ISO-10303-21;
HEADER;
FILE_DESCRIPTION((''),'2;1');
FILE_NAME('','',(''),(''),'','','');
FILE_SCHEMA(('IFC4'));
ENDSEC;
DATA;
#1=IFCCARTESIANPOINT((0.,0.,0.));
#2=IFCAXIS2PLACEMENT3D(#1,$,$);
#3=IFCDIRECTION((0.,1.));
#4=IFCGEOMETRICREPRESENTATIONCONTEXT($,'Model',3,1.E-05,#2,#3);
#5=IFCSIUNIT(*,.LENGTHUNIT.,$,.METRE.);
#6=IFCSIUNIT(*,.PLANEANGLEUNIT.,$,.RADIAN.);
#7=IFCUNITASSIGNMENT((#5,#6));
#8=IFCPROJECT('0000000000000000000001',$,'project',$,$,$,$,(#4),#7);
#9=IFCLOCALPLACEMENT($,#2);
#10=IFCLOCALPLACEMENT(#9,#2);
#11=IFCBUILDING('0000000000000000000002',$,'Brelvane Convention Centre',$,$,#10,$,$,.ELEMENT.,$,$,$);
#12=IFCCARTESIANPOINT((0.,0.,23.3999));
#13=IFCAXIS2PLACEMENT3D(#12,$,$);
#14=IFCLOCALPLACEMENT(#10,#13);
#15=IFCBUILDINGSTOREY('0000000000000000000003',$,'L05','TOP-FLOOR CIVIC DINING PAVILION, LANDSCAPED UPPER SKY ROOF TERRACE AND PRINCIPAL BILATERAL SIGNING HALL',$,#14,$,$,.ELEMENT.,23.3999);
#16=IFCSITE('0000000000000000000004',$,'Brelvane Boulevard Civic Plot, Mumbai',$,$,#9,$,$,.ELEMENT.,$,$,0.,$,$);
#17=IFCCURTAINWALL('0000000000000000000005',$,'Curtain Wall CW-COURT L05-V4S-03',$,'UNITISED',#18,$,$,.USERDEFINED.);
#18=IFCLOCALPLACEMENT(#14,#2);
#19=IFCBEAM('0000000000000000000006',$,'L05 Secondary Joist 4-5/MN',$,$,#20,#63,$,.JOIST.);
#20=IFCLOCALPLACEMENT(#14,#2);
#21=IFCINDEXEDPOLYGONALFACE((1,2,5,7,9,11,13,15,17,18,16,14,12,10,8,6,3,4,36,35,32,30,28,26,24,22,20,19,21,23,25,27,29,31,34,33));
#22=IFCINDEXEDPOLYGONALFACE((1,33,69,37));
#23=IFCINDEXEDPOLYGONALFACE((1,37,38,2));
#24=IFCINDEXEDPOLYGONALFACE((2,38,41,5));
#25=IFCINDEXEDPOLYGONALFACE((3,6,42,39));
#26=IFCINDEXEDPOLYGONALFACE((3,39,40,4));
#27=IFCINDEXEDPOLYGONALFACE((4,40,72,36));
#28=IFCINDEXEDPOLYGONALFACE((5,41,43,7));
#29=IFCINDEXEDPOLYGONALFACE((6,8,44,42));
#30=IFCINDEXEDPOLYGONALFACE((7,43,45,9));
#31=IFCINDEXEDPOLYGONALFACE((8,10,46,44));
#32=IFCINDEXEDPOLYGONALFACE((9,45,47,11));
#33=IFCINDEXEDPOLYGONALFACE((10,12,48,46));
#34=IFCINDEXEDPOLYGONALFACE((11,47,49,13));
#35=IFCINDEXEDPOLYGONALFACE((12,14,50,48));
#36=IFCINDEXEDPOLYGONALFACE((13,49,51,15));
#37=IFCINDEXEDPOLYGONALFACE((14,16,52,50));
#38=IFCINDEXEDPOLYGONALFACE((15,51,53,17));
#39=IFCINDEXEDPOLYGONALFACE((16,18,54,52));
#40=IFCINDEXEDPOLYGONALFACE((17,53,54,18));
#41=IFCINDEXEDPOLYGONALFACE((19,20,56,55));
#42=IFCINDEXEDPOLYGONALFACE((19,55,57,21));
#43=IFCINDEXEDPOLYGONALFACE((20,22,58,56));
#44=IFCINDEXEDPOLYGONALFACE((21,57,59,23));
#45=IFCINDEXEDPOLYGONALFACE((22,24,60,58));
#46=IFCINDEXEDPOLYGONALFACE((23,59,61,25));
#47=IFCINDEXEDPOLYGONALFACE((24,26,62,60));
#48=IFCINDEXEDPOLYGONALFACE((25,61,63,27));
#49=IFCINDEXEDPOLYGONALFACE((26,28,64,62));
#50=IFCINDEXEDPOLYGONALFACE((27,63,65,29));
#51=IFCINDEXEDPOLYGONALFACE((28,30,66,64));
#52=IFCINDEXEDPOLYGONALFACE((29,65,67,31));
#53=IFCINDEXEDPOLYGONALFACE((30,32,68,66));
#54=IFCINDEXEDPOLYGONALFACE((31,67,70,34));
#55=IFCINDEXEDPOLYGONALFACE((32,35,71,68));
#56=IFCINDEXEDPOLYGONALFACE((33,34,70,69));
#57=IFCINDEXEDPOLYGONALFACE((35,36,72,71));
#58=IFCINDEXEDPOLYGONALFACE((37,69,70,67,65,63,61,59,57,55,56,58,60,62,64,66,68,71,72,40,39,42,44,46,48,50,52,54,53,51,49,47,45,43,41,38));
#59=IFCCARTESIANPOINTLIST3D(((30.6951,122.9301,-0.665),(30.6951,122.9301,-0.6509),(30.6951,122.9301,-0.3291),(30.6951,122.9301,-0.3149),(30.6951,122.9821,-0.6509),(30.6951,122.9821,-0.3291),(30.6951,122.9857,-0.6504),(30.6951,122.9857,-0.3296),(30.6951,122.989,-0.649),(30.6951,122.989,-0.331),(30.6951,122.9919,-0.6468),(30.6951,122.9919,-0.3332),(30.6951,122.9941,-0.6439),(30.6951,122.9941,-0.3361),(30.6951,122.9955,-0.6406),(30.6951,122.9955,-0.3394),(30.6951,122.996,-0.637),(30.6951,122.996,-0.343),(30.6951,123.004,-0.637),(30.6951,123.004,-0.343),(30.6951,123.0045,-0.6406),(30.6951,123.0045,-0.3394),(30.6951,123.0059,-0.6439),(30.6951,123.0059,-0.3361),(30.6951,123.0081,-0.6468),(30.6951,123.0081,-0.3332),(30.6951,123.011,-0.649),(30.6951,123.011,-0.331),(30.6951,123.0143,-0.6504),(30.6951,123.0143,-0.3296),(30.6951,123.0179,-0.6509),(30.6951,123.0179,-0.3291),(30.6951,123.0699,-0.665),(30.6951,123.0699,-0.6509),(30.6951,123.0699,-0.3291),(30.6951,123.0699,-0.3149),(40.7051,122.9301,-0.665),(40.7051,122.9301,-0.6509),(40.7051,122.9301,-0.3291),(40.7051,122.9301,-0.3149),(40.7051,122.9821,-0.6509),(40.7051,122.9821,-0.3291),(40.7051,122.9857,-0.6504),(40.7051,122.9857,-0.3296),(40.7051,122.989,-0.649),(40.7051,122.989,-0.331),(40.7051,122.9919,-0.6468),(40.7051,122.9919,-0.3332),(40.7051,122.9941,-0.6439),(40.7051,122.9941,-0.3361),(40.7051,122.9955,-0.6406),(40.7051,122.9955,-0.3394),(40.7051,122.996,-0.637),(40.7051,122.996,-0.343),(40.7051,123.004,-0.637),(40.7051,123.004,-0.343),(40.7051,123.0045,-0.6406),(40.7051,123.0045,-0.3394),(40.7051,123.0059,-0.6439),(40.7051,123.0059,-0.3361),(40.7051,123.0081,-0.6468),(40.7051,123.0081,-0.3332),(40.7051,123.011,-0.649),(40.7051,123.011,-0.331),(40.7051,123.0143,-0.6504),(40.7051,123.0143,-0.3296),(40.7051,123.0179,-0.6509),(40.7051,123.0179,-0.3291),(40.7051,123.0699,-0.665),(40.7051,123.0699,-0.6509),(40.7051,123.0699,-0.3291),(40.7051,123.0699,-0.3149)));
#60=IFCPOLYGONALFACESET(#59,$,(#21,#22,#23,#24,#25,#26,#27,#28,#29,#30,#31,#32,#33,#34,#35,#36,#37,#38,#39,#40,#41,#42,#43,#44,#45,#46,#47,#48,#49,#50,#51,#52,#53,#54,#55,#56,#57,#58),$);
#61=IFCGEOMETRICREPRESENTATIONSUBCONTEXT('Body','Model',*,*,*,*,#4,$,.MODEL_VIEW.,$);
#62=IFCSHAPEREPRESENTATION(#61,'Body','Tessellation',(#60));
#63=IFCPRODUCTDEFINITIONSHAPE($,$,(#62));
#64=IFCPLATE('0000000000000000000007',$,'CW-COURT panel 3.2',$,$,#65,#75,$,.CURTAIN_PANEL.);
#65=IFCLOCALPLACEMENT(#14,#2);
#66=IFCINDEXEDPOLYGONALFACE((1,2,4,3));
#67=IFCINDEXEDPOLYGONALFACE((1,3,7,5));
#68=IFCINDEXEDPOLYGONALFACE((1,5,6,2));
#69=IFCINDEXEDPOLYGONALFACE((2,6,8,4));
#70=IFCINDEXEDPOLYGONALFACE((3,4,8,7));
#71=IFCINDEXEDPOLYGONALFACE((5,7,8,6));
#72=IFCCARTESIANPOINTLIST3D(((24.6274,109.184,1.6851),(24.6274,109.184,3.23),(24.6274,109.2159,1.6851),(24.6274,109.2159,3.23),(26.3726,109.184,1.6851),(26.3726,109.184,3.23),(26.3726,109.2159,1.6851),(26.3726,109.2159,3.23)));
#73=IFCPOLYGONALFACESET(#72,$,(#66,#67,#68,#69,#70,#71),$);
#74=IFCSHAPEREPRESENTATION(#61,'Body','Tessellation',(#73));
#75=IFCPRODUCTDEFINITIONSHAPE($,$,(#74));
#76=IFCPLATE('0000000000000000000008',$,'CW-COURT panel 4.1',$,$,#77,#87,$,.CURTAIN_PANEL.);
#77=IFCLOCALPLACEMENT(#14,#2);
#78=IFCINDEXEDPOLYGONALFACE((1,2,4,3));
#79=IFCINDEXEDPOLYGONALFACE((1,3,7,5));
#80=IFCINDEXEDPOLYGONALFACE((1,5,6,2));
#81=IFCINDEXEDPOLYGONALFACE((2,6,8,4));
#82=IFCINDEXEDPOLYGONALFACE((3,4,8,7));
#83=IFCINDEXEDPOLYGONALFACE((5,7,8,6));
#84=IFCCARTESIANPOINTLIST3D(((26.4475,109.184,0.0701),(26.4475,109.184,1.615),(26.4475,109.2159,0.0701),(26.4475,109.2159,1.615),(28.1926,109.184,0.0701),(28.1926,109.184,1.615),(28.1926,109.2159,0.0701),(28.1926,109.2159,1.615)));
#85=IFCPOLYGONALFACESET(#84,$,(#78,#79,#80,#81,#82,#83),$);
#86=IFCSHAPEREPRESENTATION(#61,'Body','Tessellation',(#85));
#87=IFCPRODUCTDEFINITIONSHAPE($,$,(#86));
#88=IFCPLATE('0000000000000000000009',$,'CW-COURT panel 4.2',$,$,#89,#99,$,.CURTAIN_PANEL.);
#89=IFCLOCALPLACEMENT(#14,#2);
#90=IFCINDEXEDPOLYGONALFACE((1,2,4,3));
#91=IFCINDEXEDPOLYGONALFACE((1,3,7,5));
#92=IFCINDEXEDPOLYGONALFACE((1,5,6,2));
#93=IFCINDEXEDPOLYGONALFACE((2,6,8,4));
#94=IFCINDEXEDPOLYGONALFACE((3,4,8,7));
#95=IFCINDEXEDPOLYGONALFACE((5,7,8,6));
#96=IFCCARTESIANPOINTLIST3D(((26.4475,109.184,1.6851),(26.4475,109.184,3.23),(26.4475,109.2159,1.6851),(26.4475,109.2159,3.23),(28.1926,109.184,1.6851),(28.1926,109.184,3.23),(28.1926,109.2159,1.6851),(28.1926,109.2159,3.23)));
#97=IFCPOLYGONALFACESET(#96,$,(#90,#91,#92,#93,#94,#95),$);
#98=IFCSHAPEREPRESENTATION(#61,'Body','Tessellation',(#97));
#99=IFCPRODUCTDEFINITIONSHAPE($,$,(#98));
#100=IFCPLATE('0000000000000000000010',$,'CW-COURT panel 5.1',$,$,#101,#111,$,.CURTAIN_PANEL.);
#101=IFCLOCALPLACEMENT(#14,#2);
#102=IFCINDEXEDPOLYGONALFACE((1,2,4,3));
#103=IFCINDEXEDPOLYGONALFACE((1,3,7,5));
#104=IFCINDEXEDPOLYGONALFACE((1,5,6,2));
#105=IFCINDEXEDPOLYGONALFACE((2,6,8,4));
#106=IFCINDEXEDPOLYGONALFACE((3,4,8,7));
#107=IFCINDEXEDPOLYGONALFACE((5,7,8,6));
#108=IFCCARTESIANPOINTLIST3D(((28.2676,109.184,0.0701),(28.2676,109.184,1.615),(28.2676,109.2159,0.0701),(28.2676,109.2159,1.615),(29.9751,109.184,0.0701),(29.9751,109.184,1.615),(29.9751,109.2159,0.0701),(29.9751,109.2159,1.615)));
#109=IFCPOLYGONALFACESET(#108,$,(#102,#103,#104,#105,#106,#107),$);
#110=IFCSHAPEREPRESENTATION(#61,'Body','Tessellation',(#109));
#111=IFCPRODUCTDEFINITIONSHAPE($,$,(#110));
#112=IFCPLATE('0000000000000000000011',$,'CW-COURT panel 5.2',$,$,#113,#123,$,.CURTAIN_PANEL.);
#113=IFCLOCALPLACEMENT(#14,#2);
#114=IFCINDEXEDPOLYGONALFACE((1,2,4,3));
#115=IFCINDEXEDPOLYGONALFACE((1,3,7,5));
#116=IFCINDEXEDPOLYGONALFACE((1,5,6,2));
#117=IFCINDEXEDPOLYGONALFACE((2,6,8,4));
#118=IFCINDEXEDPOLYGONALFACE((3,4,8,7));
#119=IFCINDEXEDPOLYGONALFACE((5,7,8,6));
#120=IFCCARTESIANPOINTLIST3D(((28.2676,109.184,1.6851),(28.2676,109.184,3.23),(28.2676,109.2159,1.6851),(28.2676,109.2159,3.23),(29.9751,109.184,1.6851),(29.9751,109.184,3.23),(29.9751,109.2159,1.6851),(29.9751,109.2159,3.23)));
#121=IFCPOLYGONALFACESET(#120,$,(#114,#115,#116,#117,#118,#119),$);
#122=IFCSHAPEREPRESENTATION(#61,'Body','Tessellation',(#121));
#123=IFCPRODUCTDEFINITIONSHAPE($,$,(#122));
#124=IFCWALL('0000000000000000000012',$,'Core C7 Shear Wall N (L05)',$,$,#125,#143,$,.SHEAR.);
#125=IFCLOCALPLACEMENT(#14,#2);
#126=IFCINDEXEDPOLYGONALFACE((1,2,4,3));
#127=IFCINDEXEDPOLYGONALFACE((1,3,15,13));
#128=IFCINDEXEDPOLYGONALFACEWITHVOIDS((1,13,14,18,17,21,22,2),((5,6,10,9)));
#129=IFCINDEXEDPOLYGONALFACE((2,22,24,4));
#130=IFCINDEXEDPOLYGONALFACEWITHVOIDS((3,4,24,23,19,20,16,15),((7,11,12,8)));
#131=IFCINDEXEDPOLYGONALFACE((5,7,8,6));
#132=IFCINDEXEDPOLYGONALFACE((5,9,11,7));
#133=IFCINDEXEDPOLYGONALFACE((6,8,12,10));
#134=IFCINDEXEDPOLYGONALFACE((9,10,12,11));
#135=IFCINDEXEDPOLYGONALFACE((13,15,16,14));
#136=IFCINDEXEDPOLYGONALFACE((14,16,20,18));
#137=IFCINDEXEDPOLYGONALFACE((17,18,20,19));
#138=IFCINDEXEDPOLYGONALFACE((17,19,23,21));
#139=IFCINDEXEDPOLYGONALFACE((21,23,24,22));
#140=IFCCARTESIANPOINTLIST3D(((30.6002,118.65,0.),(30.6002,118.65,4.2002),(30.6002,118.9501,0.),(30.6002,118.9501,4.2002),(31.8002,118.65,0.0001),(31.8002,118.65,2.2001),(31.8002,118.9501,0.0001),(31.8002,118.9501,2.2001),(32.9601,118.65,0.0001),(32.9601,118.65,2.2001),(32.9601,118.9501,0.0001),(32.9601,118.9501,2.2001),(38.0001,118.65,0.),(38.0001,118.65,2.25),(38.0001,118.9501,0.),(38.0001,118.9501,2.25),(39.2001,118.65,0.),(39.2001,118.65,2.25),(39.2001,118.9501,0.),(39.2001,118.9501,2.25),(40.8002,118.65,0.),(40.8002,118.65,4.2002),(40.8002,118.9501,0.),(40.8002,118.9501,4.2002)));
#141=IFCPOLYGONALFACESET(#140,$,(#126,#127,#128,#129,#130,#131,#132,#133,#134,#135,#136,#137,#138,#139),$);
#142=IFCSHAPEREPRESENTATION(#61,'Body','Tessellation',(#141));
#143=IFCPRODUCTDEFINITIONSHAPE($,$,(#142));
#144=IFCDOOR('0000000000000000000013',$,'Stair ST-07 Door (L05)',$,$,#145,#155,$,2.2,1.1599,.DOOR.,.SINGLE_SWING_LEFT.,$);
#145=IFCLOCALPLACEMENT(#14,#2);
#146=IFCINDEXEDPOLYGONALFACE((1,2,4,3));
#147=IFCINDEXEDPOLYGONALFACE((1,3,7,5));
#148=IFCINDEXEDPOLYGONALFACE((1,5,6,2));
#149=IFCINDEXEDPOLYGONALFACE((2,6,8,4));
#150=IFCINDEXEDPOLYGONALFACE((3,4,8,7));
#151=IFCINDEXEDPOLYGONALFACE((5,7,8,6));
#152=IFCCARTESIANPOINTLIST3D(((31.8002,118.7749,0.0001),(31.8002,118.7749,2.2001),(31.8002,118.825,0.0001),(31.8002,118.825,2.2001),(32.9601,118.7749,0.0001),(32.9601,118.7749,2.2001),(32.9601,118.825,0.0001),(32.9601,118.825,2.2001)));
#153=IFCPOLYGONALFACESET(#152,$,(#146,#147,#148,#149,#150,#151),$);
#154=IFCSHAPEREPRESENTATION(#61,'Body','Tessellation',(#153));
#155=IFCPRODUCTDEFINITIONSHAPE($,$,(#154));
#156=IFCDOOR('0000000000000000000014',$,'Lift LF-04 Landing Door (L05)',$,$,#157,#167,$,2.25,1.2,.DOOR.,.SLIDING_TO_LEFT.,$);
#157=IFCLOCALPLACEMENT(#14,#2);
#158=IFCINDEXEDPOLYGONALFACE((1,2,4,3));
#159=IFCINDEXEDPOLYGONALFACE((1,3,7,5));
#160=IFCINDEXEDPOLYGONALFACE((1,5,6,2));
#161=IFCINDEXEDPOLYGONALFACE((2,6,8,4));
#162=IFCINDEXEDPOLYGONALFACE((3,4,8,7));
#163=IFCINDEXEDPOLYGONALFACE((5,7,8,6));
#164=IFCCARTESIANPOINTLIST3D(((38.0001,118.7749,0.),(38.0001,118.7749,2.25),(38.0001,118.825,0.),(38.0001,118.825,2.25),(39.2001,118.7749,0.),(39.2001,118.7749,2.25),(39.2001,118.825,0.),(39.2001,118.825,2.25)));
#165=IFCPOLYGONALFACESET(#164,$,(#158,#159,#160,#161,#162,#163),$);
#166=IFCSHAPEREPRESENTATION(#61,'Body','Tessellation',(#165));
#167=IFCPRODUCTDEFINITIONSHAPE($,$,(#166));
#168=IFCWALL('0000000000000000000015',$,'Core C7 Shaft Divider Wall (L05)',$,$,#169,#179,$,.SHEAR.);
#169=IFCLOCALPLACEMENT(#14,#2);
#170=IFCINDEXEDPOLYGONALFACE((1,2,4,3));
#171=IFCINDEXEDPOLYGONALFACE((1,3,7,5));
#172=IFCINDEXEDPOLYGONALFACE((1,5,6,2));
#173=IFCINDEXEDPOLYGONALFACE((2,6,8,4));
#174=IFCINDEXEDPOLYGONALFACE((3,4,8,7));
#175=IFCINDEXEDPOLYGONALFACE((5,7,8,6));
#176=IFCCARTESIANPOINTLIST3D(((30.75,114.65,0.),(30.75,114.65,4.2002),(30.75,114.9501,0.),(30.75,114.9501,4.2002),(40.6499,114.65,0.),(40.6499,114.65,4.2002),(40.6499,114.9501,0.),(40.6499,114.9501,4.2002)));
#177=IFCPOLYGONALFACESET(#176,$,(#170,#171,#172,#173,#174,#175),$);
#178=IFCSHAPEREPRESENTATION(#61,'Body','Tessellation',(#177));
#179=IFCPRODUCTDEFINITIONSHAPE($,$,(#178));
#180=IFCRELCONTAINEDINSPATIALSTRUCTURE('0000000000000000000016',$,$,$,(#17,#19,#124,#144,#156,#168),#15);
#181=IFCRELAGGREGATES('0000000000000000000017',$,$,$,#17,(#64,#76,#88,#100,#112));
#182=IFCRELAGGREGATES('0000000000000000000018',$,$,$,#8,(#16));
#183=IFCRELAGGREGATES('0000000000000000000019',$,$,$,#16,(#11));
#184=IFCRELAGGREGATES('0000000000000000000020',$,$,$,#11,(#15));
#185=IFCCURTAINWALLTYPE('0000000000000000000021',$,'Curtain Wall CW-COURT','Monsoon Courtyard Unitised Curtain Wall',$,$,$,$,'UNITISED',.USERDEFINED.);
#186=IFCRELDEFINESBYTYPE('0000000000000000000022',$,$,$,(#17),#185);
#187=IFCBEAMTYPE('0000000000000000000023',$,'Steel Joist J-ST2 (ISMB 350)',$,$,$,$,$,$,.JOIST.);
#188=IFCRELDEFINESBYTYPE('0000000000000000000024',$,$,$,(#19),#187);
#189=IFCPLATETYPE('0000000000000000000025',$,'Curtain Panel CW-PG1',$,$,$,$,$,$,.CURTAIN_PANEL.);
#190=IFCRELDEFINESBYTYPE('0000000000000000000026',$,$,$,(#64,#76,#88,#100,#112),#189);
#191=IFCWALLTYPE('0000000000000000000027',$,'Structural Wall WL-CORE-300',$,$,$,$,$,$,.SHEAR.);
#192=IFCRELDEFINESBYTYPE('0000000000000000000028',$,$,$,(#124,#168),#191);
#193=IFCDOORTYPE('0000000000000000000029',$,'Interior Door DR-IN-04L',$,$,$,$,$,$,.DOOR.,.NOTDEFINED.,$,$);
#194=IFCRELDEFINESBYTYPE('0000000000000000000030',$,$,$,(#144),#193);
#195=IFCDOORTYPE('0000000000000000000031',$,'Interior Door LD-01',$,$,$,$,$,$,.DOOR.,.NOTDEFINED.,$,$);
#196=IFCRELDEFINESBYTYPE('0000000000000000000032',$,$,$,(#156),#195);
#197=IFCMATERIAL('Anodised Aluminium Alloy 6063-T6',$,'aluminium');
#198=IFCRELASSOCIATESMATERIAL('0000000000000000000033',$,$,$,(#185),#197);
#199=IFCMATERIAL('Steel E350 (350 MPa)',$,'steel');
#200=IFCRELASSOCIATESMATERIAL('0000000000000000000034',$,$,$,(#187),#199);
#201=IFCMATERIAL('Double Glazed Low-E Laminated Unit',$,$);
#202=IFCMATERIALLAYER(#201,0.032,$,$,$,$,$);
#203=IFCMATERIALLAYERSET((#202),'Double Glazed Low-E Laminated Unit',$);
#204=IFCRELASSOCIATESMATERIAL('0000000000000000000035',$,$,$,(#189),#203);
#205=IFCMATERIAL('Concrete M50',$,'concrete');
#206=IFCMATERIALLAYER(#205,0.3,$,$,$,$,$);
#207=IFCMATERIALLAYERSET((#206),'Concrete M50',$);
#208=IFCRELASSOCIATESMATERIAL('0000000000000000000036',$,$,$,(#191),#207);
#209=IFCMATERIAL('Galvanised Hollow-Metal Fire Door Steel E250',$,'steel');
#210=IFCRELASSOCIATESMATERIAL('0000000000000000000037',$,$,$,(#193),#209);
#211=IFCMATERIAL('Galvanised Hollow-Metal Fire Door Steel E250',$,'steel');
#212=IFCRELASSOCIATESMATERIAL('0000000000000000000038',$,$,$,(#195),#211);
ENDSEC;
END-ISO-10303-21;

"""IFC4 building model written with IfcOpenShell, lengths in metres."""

from ifc_helpers import new_model, si_unit, direction, frame, frame_2d, origin, origin_2d, place, context, subcontext, project, spatial, rectangle, i_section, extrude, material, layer, layer_set, material_profile, profile_set, type_object, element, fill, aggregate, save


model = new_model("IFC4")

# Units and contexts
model_context = context("Model", 3, precision=1e-05, world=origin(), true_north=direction((0.0, 1.0)))
body_context = subcontext(model_context, "Body", "Model", "MODEL_VIEW")
ifc_project = project(units=[si_unit("LENGTHUNIT", "METRE"), si_unit("PLANEANGLEUNIT", "RADIAN")], contexts=[model_context])

# Site, building, storey
site_placement = place(None, origin())
site = spatial("IfcSite", under=ifc_project, at=site_placement, Name="Brelvane Boulevard Civic Plot, Mumbai", CompositionType="ELEMENT", RefElevation=0.0)
building_placement = place(site_placement, origin())
building = spatial("IfcBuilding", under=site, at=building_placement, Name="Brelvane Convention Centre", CompositionType="ELEMENT")
storey_placement = place(building_placement, frame((0.0, 0.0, 23.3999)))
storey = spatial("IfcBuildingStorey", under=building, at=storey_placement, Name="L05", Description="TOP-FLOOR CIVIC DINING PAVILION, LANDSCAPED UPPER SKY ROOF TERRACE AND PRINCIPAL BILATERAL SIGNING HALL", CompositionType="ELEMENT", Elevation=23.3999)

# Curtain wall
ifc_material_1 = material(Name="Anodised Aluminium Alloy 6063-T6", Category="aluminium")
curtain_wall_type = type_object("IfcCurtainWallType", Name="Curtain Wall CW-COURT", Description="Monsoon Courtyard Unitised Curtain Wall", ElementType="UNITISED", PredefinedType="USERDEFINED", material=ifc_material_1)
curtain_wall_placement = place(storey_placement, origin())
curtain_wall = element("IfcCurtainWall", 1, at=curtain_wall_placement, inside=storey, type_object=curtain_wall_type, Name="Curtain Wall CW-COURT L05-V4S-03", ObjectType="UNITISED", PredefinedType="USERDEFINED")

# Beam
ifc_material_2 = material(Name="Steel E350 (350 MPa)", Category="steel")
ifc_material_profile_1 = material_profile(ifc_material_2, i_section(OverallWidth=0.1399, OverallDepth=0.3501, WebThickness=0.0081, FlangeThickness=0.0142, FilletRadius=0.0139, at=origin_2d()), Name="ISMB 350")
ifc_profile_set_1 = profile_set([ifc_material_profile_1], Name="Steel E350 (350 MPa)")
beam_type_1 = type_object("IfcBeamType", Name="Steel Joist J-ST2 (ISMB 350)", PredefinedType="JOIST", material=ifc_profile_set_1)
beam_1_placement = place(storey_placement, frame((30.6951, 123.0, -0.49), z_axis=(1.0, 0.0, 0.0), x_axis=(0.0, 1.0, 0.0)))
element("IfcBeam", 2, at=beam_1_placement, inside=storey, type_object=beam_type_1, Name="L05 Secondary Joist 4-5/MN", PredefinedType="JOIST", context=body_context, shape_type="SweptSolid", body=[
    extrude(i_section(OverallWidth=0.1399, OverallDepth=0.3501, WebThickness=0.0081, FlangeThickness=0.0142, FilletRadius=0.0139, at=origin_2d()), origin(), (0.0, 0.0, 1.0), 10.01),
])

# Plates
ifc_material_3 = material(Name="Double Glazed Low-E Laminated Unit")
ifc_layer_1 = layer(ifc_material_3, 0.032)
ifc_layer_set_1 = layer_set([ifc_layer_1], Name="Double Glazed Low-E Laminated Unit")
plate_type = type_object("IfcPlateType", Name="Curtain Panel CW-PG1", PredefinedType="CURTAIN_PANEL", material=ifc_layer_set_1)
plate_1_placement = place(storey_placement, frame((25.5, 109.2, 1.6851), z_axis=(0.0, 0.0, 1.0), x_axis=(1.0, 0.0, 0.0)))
plate_1 = element("IfcPlate", 3, at=plate_1_placement, type_object=plate_type, Name="CW-COURT panel 3.2", PredefinedType="CURTAIN_PANEL", context=body_context, shape_type="SweptSolid", body=[
    extrude(rectangle(XDim=1.7451, YDim=0.032, at=origin_2d()), origin(), (0.0, 0.0, 1.0), 1.5449),
])
plate_2_placement = place(storey_placement, frame((27.3201, 109.2, 0.0701), z_axis=(0.0, 0.0, 1.0), x_axis=(1.0, 0.0, 0.0)))
plate_2 = element("IfcPlate", 4, at=plate_2_placement, type_object=plate_type, Name="CW-COURT panel 4.1", PredefinedType="CURTAIN_PANEL", context=body_context, shape_type="SweptSolid", body=[
    extrude(rectangle(XDim=1.7451, YDim=0.032, at=origin_2d()), origin(), (0.0, 0.0, 1.0), 1.5449),
])
plate_3_placement = place(storey_placement, frame((27.3201, 109.2, 1.6851), z_axis=(0.0, 0.0, 1.0), x_axis=(1.0, 0.0, 0.0)))
plate_3 = element("IfcPlate", 5, at=plate_3_placement, type_object=plate_type, Name="CW-COURT panel 4.2", PredefinedType="CURTAIN_PANEL", context=body_context, shape_type="SweptSolid", body=[
    extrude(rectangle(XDim=1.7451, YDim=0.032, at=origin_2d()), origin(), (0.0, 0.0, 1.0), 1.5449),
])
plate_4_placement = place(storey_placement, frame((29.1213, 109.2, 0.0701), z_axis=(0.0, 0.0, 1.0), x_axis=(1.0, 0.0, 0.0)))
plate_4 = element("IfcPlate", 6, at=plate_4_placement, type_object=plate_type, Name="CW-COURT panel 5.1", PredefinedType="CURTAIN_PANEL", context=body_context, shape_type="SweptSolid", body=[
    extrude(rectangle(XDim=1.7075, YDim=0.032, at=origin_2d()), origin(), (0.0, 0.0, 1.0), 1.5449),
])
plate_5_placement = place(storey_placement, frame((29.1213, 109.2, 1.6851), z_axis=(0.0, 0.0, 1.0), x_axis=(1.0, 0.0, 0.0)))
plate_5 = element("IfcPlate", 7, at=plate_5_placement, type_object=plate_type, Name="CW-COURT panel 5.2", PredefinedType="CURTAIN_PANEL", context=body_context, shape_type="SweptSolid", body=[
    extrude(rectangle(XDim=1.7075, YDim=0.032, at=origin_2d()), origin(), (0.0, 0.0, 1.0), 1.5449),
])
aggregate(curtain_wall, [plate_1, plate_2, plate_3, plate_4, plate_5])

# Wall, openings, doors
ifc_material_4 = material(Name="Concrete M50", Category="concrete")
ifc_layer_2 = layer(ifc_material_4, 0.3)
ifc_layer_set_2 = layer_set([ifc_layer_2], Name="Concrete M50")
wall_type = type_object("IfcWallType", Name="Structural Wall WL-CORE-300", PredefinedType="SHEAR", material=ifc_layer_set_2)
wall_1_placement = place(storey_placement, frame((30.6001, 118.8, 0.0), z_axis=(0.0, 0.0, 1.0), x_axis=(1.0, 0.0, 0.0)))
wall_1 = element("IfcWall", 8, at=wall_1_placement, inside=storey, type_object=wall_type, Name="Core C7 Shear Wall N (L05)", PredefinedType="SHEAR", context=body_context, shape_type="SweptSolid", body=[
    extrude(rectangle(XDim=10.2, YDim=0.3, at=frame_2d((5.1001, 0.0))), origin(), (0.0, 0.0, 1.0), 4.2002),
])
opening_1_placement = place(wall_1_placement, frame((1.2, 0.0, 0.0)))
opening_1 = element("IfcOpeningElement", 9, at=opening_1_placement, cuts=wall_1, PredefinedType="OPENING", context=body_context, shape_type="SweptSolid", body=[
    extrude(rectangle(XDim=1.1599, YDim=2.2, at=frame_2d((0.5801, 1.1001))), frame((0.0, 0.1599, 0.0), z_axis=(0.0, -1.0, 0.0), x_axis=(1.0, 0.0, 0.0)), (0.0, 0.0, 1.0), 0.3201),
])
opening_2_placement = place(wall_1_placement, frame((7.3999, 0.0, 0.0)))
opening_2 = element("IfcOpeningElement", 10, at=opening_2_placement, cuts=wall_1, PredefinedType="OPENING", context=body_context, shape_type="SweptSolid", body=[
    extrude(rectangle(XDim=1.2, YDim=2.25, at=frame_2d((0.6001, 1.125))), frame((0.0, 0.1599, 0.0), z_axis=(0.0, -1.0, 0.0), x_axis=(1.0, 0.0, 0.0)), (0.0, 0.0, 1.0), 0.3201),
])
ifc_material_5 = material(Name="Galvanised Hollow-Metal Fire Door Steel E250", Category="steel")
door_type_1 = type_object("IfcDoorType", Name="Interior Door DR-IN-04L", OperationType="NOTDEFINED", PredefinedType="DOOR", material=ifc_material_5)
door_1_placement = place(opening_1_placement, origin())
door_1 = element("IfcDoor", 11, at=door_1_placement, inside=storey, type_object=door_type_1, Name="Stair ST-07 Door (L05)", OperationType="SINGLE_SWING_LEFT", OverallHeight=2.2, OverallWidth=1.1599, PredefinedType="DOOR", context=body_context, shape_type="SweptSolid", body=[
    extrude(rectangle(XDim=1.1599, YDim=2.2, at=frame_2d((0.5801, 1.1001))), frame((0.0, 0.0249, 0.0), z_axis=(0.0, -1.0, 0.0), x_axis=(1.0, 0.0, 0.0)), (0.0, 0.0, 1.0), 0.05),
])
fill(opening_1, door_1)
ifc_material_6 = material(Name="Galvanised Hollow-Metal Fire Door Steel E250", Category="steel")
door_type_2 = type_object("IfcDoorType", Name="Interior Door LD-01", OperationType="NOTDEFINED", PredefinedType="DOOR", material=ifc_material_6)
door_2_placement = place(opening_2_placement, origin())
door_2 = element("IfcDoor", 12, at=door_2_placement, inside=storey, type_object=door_type_2, Name="Lift LF-04 Landing Door (L05)", OperationType="SLIDING_TO_LEFT", OverallHeight=2.25, OverallWidth=1.2, PredefinedType="DOOR", context=body_context, shape_type="SweptSolid", body=[
    extrude(rectangle(XDim=1.2, YDim=2.25, at=frame_2d((0.6001, 1.125))), frame((0.0, 0.0249, 0.0), z_axis=(0.0, -1.0, 0.0), x_axis=(1.0, 0.0, 0.0)), (0.0, 0.0, 1.0), 0.05),
])
fill(opening_2, door_2)

# Wall
wall_2_placement = place(storey_placement, frame((30.75, 114.8, 0.0), z_axis=(0.0, 0.0, 1.0), x_axis=(1.0, 0.0, 0.0)))
element("IfcWall", 13, at=wall_2_placement, inside=storey, type_object=wall_type, Name="Core C7 Shaft Divider Wall (L05)", PredefinedType="SHEAR", context=body_context, shape_type="SweptSolid", body=[
    extrude(rectangle(XDim=9.8999, YDim=0.3, at=frame_2d((4.95, 0.0))), origin(), (0.0, 0.0, 1.0), 4.2002),
])

save(model, "model.ifc")
